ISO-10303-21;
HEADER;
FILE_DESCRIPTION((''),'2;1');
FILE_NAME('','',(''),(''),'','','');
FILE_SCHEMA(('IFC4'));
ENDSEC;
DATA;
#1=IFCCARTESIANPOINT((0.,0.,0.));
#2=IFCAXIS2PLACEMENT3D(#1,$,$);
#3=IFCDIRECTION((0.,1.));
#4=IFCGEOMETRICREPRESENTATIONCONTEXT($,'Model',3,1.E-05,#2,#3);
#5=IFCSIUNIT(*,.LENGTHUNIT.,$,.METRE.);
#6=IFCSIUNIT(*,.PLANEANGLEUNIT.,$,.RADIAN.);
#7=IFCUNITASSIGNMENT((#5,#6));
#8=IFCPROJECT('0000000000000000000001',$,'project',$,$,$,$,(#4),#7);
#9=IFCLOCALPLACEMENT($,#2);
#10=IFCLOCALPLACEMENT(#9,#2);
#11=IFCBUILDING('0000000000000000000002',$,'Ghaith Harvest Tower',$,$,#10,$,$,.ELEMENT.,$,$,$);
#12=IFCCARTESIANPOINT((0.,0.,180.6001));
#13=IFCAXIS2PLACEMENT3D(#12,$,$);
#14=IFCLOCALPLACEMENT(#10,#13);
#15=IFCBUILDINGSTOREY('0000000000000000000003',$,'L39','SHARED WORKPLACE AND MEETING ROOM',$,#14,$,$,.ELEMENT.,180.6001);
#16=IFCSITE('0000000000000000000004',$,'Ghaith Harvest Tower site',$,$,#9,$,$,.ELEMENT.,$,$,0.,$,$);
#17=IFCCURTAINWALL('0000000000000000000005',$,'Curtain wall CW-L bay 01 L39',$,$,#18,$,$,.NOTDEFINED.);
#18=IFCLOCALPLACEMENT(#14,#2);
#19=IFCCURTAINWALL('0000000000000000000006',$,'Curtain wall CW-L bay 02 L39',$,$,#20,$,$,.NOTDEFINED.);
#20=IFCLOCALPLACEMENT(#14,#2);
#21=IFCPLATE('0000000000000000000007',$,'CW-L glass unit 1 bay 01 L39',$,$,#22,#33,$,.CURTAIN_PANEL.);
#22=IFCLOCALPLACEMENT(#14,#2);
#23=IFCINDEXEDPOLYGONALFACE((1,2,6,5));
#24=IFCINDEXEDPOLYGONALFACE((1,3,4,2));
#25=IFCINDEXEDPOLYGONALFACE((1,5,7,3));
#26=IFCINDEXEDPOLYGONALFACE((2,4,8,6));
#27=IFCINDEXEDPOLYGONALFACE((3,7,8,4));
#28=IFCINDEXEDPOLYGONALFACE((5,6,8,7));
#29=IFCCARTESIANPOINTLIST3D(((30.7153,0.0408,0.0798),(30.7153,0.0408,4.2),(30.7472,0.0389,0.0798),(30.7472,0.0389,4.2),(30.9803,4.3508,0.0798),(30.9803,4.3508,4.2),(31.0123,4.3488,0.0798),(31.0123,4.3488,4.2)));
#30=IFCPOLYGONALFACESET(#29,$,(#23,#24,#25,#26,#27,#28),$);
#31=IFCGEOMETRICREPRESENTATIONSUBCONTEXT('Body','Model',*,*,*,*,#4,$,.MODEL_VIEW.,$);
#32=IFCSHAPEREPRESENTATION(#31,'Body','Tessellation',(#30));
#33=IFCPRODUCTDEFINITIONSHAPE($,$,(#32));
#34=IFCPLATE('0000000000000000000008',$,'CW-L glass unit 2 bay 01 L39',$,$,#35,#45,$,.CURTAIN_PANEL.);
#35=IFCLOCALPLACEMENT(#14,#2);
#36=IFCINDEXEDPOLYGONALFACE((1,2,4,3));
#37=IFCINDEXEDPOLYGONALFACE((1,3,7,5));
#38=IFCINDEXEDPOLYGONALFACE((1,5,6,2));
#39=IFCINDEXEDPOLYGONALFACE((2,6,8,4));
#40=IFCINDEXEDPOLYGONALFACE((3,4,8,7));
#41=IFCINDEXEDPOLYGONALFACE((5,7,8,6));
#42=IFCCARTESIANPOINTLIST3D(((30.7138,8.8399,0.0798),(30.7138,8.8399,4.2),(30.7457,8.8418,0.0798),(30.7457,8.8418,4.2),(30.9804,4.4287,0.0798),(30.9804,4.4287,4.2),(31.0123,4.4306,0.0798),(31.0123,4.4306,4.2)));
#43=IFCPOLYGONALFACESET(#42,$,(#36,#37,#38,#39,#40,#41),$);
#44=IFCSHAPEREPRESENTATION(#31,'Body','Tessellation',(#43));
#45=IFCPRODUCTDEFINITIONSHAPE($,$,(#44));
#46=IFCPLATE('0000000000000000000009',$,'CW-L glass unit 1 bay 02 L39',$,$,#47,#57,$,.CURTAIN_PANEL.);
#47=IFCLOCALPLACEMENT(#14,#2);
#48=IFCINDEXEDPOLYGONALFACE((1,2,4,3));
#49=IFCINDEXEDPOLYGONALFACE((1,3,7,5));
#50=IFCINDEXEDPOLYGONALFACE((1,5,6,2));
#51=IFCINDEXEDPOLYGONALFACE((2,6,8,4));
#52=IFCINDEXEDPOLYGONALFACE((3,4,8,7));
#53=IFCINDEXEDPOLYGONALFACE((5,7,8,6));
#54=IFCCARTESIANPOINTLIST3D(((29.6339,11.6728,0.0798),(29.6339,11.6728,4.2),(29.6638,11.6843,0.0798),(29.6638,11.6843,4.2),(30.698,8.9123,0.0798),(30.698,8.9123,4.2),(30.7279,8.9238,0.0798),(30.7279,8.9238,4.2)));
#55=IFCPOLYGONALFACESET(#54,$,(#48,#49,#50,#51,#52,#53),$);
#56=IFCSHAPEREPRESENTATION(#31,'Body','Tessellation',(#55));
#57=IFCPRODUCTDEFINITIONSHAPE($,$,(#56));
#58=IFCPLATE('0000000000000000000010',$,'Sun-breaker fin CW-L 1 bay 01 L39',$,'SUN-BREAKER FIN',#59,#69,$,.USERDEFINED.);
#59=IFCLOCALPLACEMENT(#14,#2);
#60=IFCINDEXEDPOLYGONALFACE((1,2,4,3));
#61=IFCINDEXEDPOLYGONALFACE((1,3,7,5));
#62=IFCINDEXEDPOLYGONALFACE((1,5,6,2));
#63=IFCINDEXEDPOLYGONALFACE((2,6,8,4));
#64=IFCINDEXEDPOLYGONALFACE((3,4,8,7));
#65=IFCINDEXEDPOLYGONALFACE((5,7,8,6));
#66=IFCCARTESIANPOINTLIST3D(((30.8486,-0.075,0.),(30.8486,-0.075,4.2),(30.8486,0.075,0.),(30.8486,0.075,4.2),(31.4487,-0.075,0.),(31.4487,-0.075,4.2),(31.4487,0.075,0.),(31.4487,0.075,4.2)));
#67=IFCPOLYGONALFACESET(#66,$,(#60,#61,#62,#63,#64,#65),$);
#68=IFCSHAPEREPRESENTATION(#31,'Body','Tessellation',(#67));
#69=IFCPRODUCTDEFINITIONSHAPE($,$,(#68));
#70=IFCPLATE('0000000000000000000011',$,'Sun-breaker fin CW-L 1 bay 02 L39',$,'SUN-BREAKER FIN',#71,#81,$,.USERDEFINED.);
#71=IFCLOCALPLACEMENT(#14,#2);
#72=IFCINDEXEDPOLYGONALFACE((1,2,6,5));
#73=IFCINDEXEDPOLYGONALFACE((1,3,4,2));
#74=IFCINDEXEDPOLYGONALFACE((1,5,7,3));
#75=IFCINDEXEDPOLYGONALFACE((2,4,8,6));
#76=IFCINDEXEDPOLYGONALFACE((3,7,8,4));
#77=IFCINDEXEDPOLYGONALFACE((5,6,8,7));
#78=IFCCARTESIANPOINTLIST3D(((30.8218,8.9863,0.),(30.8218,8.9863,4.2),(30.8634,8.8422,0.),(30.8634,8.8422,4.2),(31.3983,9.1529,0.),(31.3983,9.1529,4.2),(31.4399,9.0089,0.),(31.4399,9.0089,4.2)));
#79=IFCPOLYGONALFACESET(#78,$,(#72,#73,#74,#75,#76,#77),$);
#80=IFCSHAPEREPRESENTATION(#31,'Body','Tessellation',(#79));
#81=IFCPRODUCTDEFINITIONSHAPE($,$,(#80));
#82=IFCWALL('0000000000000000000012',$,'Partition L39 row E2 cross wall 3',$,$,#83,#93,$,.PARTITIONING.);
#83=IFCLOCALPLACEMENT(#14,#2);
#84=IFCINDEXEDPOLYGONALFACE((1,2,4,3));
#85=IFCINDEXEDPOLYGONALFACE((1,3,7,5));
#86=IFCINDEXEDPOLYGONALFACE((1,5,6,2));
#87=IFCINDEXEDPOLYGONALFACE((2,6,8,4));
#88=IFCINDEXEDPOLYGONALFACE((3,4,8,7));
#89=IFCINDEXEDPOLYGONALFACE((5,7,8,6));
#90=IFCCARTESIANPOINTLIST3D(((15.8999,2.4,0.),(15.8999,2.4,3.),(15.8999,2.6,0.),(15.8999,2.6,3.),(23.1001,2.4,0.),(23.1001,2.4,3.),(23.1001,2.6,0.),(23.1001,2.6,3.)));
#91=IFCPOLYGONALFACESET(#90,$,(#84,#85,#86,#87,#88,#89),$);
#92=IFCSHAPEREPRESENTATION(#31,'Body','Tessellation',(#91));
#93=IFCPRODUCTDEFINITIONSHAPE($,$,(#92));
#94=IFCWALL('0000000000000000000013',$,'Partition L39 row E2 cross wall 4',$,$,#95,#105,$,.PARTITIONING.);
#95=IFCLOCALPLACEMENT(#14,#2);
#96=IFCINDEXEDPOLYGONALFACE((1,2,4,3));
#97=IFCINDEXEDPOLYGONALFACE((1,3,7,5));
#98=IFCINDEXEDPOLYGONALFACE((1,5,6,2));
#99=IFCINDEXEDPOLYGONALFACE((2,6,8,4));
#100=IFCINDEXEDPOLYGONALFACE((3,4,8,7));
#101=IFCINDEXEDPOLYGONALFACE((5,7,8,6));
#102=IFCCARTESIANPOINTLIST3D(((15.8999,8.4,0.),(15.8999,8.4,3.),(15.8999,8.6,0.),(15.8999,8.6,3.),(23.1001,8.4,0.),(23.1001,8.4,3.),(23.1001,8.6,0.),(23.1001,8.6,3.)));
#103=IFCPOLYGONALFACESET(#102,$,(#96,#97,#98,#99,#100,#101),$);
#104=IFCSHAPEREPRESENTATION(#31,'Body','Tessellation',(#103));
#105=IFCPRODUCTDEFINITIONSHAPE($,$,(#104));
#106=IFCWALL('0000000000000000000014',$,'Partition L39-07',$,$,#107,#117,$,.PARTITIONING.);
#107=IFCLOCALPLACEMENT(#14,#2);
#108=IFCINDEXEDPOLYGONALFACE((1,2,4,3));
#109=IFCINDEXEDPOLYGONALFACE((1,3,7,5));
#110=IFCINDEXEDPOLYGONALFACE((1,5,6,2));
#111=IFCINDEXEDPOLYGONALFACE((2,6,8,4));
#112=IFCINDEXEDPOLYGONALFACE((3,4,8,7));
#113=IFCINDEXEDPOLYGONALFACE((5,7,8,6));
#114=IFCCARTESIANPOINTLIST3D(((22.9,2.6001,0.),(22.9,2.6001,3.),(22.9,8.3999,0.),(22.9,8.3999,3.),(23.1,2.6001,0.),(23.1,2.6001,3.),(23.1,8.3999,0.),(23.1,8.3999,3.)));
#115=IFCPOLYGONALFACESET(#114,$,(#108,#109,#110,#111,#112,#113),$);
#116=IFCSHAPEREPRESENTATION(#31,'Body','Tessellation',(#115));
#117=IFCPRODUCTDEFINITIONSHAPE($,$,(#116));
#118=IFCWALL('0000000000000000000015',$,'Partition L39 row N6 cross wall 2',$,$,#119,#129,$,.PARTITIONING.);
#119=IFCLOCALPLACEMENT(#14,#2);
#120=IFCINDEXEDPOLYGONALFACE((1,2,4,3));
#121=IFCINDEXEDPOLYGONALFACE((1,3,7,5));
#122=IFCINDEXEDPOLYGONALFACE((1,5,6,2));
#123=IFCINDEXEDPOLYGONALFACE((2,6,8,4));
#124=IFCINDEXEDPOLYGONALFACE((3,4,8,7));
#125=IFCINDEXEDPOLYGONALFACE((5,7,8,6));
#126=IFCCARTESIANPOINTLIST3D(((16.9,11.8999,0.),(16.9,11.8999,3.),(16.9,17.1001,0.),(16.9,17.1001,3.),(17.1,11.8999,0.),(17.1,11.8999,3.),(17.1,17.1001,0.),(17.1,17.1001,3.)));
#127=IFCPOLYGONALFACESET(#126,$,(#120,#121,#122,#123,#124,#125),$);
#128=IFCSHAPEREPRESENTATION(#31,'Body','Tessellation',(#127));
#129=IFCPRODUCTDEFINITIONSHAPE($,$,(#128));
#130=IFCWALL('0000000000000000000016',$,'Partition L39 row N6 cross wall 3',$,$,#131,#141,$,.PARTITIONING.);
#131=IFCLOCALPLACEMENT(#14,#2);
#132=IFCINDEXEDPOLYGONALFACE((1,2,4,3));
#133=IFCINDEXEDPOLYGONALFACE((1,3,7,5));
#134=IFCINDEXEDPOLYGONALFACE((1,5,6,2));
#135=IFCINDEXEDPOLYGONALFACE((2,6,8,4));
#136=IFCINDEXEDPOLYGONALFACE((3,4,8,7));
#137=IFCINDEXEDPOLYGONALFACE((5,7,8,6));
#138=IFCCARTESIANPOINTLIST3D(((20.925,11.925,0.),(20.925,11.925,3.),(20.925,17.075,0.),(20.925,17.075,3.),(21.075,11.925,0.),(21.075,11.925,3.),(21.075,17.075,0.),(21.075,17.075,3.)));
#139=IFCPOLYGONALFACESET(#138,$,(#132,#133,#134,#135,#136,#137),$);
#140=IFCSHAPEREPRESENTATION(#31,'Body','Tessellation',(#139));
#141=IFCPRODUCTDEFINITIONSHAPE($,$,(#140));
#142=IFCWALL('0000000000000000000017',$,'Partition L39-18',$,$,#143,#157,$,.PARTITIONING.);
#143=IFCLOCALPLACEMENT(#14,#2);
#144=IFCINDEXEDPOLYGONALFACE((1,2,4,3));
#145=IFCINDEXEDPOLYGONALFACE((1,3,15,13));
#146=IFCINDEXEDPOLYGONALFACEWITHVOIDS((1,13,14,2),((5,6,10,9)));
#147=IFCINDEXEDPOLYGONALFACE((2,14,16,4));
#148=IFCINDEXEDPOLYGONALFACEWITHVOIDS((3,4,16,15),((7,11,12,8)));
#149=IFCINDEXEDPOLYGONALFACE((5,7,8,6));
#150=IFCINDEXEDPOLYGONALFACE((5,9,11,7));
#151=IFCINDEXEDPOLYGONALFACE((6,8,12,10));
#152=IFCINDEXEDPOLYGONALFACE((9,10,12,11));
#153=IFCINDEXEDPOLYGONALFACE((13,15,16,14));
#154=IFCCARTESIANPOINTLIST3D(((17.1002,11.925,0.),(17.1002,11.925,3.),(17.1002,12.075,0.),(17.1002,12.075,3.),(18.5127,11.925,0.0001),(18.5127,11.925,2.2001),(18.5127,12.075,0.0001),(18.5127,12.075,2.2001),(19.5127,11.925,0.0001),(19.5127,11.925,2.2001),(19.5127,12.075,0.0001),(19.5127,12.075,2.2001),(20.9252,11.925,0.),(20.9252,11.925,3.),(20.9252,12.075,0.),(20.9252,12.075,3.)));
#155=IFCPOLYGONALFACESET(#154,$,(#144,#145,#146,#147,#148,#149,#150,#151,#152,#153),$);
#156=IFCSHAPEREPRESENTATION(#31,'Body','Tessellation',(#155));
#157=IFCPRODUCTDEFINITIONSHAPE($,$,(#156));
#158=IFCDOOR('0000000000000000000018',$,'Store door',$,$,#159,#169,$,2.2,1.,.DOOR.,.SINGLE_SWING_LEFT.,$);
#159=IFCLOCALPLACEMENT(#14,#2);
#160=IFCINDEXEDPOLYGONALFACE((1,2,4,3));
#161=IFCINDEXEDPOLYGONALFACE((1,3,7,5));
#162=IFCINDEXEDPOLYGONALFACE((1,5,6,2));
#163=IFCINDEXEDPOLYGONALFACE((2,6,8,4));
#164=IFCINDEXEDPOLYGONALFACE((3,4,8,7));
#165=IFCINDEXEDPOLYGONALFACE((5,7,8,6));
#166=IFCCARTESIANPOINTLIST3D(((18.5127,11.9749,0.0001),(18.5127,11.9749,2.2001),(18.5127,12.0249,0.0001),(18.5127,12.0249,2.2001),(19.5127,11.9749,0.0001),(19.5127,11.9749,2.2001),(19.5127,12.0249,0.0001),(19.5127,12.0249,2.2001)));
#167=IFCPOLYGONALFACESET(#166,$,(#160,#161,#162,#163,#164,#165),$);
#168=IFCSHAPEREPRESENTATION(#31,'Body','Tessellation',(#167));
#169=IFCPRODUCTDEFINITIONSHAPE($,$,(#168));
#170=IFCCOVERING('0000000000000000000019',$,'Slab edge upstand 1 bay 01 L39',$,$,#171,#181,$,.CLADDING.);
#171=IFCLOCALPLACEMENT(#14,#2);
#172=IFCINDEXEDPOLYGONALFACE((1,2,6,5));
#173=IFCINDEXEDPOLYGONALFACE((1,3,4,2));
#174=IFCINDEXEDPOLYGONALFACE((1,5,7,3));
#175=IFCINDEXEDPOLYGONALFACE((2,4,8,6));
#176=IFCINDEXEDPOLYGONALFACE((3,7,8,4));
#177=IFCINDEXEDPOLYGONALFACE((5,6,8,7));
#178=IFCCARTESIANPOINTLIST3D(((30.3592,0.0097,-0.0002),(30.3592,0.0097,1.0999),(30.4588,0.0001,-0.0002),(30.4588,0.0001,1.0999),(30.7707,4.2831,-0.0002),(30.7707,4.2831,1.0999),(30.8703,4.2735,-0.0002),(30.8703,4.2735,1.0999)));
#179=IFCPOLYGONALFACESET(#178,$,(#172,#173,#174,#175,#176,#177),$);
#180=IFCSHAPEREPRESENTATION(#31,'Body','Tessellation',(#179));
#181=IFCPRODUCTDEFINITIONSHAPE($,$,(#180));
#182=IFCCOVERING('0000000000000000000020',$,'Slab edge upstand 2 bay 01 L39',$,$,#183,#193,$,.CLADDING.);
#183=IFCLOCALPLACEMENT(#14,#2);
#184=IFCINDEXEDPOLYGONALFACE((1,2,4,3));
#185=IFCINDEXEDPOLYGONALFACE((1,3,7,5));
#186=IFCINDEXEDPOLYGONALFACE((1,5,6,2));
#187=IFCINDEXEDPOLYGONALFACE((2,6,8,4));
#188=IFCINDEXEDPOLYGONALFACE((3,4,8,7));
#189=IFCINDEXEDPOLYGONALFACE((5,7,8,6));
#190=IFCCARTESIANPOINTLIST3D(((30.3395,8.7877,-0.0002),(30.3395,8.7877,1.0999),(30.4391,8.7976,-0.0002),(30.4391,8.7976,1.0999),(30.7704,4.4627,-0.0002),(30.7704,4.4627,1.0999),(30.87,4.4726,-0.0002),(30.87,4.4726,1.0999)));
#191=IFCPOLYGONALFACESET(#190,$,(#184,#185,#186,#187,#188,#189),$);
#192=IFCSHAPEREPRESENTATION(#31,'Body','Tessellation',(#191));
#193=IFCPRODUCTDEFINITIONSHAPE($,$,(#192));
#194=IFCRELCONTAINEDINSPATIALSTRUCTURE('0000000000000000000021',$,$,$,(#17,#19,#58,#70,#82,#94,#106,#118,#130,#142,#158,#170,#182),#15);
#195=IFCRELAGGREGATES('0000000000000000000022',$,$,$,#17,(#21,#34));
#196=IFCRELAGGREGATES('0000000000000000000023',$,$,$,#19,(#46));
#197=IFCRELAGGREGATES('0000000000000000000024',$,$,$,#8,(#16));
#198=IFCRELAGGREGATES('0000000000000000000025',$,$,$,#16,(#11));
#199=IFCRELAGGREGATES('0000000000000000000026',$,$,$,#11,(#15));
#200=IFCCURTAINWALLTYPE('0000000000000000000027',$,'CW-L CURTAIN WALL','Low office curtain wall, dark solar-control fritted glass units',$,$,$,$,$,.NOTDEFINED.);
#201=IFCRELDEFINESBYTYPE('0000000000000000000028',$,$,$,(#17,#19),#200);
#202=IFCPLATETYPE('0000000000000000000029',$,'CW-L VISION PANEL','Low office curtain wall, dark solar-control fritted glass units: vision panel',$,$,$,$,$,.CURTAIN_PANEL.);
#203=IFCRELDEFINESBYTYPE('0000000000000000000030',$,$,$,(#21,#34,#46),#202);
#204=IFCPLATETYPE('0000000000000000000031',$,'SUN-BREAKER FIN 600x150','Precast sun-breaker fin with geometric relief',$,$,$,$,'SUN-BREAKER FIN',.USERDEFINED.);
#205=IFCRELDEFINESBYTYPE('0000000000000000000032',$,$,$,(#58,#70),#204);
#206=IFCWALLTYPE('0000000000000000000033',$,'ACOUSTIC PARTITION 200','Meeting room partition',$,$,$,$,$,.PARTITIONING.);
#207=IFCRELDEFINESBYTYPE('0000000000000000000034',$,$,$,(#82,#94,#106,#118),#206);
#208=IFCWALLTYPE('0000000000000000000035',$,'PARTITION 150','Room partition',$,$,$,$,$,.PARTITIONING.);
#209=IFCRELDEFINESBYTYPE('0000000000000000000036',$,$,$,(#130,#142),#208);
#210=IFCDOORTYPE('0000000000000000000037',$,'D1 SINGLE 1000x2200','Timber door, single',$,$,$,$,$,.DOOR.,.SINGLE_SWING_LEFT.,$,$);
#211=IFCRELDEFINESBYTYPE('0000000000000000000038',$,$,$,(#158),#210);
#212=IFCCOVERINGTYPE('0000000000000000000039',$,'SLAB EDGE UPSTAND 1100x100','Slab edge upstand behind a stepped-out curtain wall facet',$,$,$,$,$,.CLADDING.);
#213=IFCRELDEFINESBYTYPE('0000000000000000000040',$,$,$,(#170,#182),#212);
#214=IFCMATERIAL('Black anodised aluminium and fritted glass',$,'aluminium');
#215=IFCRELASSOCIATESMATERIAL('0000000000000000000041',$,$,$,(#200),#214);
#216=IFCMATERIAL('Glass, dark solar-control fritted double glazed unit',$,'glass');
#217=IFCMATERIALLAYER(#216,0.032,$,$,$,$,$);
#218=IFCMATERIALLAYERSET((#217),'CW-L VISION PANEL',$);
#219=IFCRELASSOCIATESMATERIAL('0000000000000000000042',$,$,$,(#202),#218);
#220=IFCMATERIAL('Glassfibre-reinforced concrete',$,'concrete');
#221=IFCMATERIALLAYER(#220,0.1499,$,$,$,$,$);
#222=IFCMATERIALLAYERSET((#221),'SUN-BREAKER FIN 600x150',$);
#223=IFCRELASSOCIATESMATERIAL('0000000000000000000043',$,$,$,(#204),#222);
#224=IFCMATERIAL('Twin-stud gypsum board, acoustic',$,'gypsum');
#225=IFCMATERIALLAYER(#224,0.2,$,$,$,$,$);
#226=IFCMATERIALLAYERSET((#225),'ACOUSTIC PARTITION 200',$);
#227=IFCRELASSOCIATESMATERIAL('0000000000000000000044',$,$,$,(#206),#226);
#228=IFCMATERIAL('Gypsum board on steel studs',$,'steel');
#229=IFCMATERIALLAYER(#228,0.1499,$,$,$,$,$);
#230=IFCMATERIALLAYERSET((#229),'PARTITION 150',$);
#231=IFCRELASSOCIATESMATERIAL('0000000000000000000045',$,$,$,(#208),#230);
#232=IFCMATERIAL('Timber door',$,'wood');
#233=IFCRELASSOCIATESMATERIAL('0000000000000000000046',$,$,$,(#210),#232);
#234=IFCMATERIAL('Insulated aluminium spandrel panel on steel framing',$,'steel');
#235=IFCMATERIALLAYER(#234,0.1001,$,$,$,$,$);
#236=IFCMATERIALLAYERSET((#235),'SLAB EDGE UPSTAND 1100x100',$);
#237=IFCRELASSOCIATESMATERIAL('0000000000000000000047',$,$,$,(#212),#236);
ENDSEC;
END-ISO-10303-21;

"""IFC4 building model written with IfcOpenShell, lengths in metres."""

from ifc_helpers import new_model, si_unit, direction, frame, frame_2d, origin, origin_2d, place, context, subcontext, project, spatial, rectangle, extrude, material, layer, layer_set, type_object, element, fill, aggregate, save


model = new_model("IFC4")

# Units and contexts
model_context = context("Model", 3, precision=1e-05, world=origin(), true_north=direction((0.0, 1.0)))
body_context = subcontext(model_context, "Body", "Model", "MODEL_VIEW")
ifc_project = project(units=[si_unit("LENGTHUNIT", "METRE"), si_unit("PLANEANGLEUNIT", "RADIAN")], contexts=[model_context])

# Site, building, storey
site_placement = place(None, origin())
site = spatial("IfcSite", under=ifc_project, at=site_placement, Name="Ghaith Harvest Tower site", CompositionType="ELEMENT", RefElevation=0.0)
building_placement = place(site_placement, origin())
building = spatial("IfcBuilding", under=site, at=building_placement, Name="Ghaith Harvest Tower", CompositionType="ELEMENT")
storey_placement = place(building_placement, frame((0.0, 0.0, 180.6001)))
storey = spatial("IfcBuildingStorey", under=building, at=storey_placement, Name="L39", Description="SHARED WORKPLACE AND MEETING ROOM", CompositionType="ELEMENT", Elevation=180.6001)

# Curtain walls
ifc_material_1 = material(Name="Black anodised aluminium and fritted glass", Category="aluminium")
curtain_wall_type = type_object("IfcCurtainWallType", Name="CW-L CURTAIN WALL", Description="Low office curtain wall, dark solar-control fritted glass units", PredefinedType="NOTDEFINED", material=ifc_material_1)
curtain_wall_1_placement = place(storey_placement, origin())
curtain_wall_1 = element("IfcCurtainWall", 1, at=curtain_wall_1_placement, inside=storey, type_object=curtain_wall_type, Name="Curtain wall CW-L bay 01 L39", PredefinedType="NOTDEFINED")
curtain_wall_2_placement = place(storey_placement, origin())
curtain_wall_2 = element("IfcCurtainWall", 2, at=curtain_wall_2_placement, inside=storey, type_object=curtain_wall_type, Name="Curtain wall CW-L bay 02 L39", PredefinedType="NOTDEFINED")

# Plates
ifc_material_2 = material(Name="Glass, dark solar-control fritted double glazed unit", Category="glass")
ifc_layer_1 = layer(ifc_material_2, 0.032)
ifc_layer_set_1 = layer_set([ifc_layer_1], Name="CW-L VISION PANEL")
plate_type_1 = type_object("IfcPlateType", Name="CW-L VISION PANEL", Description="Low office curtain wall, dark solar-control fritted glass units: vision panel", PredefinedType="CURTAIN_PANEL", material=ifc_layer_set_1)
plate_1_placement = place(storey_placement, frame((30.8638, 2.1948, 0.0798), z_axis=(0.0, 0.0, 1.0), x_axis=(0.06138, 0.998114, 0.0)))
plate_1 = element("IfcPlate", 3, at=plate_1_placement, type_object=plate_type_1, Name="CW-L glass unit 1 bay 01 L39", PredefinedType="CURTAIN_PANEL", context=body_context, shape_type="SweptSolid", body=[
    extrude(rectangle(XDim=4.3181, YDim=0.032, at=origin_2d()), origin(), (0.0, 0.0, 1.0), 4.1201),
])
plate_2_placement = place(storey_placement, frame((30.863, 6.6353, 0.0798), z_axis=(0.0, 0.0, 1.0), x_axis=(-0.060321, 0.998179, 0.0)))
plate_2 = element("IfcPlate", 4, at=plate_2_placement, type_object=plate_type_1, Name="CW-L glass unit 2 bay 01 L39", PredefinedType="CURTAIN_PANEL", context=body_context, shape_type="SweptSolid", body=[
    extrude(rectangle(XDim=4.4192, YDim=0.032, at=origin_2d()), origin(), (0.0, 0.0, 1.0), 4.1201),
])
aggregate(curtain_wall_1, [plate_1, plate_2])
plate_3_placement = place(storey_placement, frame((30.1809, 10.2983, 0.0798), z_axis=(0.0, 0.0, 1.0), x_axis=(-0.359677, 0.933077, 0.0)))
plate_3 = element("IfcPlate", 5, at=plate_3_placement, type_object=plate_type_1, Name="CW-L glass unit 1 bay 02 L39", PredefinedType="CURTAIN_PANEL", context=body_context, shape_type="SweptSolid", body=[
    extrude(rectangle(XDim=2.9585, YDim=0.032, at=origin_2d()), origin(), (0.0, 0.0, 1.0), 4.1201),
])
aggregate(curtain_wall_2, [plate_3])

# Plates
ifc_material_3 = material(Name="Glassfibre-reinforced concrete", Category="concrete")
ifc_layer_2 = layer(ifc_material_3, 0.1499)
ifc_layer_set_2 = layer_set([ifc_layer_2], Name="SUN-BREAKER FIN 600x150")
plate_type_2 = type_object("IfcPlateType", Name="SUN-BREAKER FIN 600x150", Description="Precast sun-breaker fin with geometric relief", ElementType="SUN-BREAKER FIN", PredefinedType="USERDEFINED", material=ifc_layer_set_2)
for number, where, z_axis, x_axis, name in (
    (6, (31.1487, 0.0, 0.0), (0.0, 0.0, 1.0), (1.0, 0.0, 0.0), "Sun-breaker fin CW-L 1 bay 01 L39"),
    (7, (31.1309, 8.9976, 0.0), (0.0, 0.0, 1.0), (0.96068, 0.277657, 0.0), "Sun-breaker fin CW-L 1 bay 02 L39"),
):
    element("IfcPlate", number, at=place(storey_placement, frame(where, z_axis=z_axis, x_axis=x_axis)), inside=storey, type_object=plate_type_2, Name=name, ObjectType="SUN-BREAKER FIN", PredefinedType="USERDEFINED", context=body_context, shape_type="SweptSolid", body=[
        extrude(rectangle(XDim=0.6001, YDim=0.1499, at=origin_2d()), origin(), (0.0, 0.0, 1.0), 4.2),
    ])

# Walls
ifc_material_4 = material(Name="Twin-stud gypsum board, acoustic", Category="gypsum")
ifc_layer_3 = layer(ifc_material_4, 0.2)
ifc_layer_set_3 = layer_set([ifc_layer_3], Name="ACOUSTIC PARTITION 200")
wall_type_1 = type_object("IfcWallType", Name="ACOUSTIC PARTITION 200", Description="Meeting room partition", PredefinedType="PARTITIONING", material=ifc_layer_set_3)
for number, where, z_axis, x_axis, name in (
    (8, (15.8999, 2.5, 0.0), (0.0, 0.0, 1.0), (1.0, 0.0, 0.0), "Partition L39 row E2 cross wall 3"),
    (9, (15.8999, 8.5, 0.0), (0.0, 0.0, 1.0), (1.0, 0.0, 0.0), "Partition L39 row E2 cross wall 4"),
):
    element("IfcWall", number, at=place(storey_placement, frame(where, z_axis=z_axis, x_axis=x_axis)), inside=storey, type_object=wall_type_1, Name=name, PredefinedType="PARTITIONING", context=body_context, shape_type="SweptSolid", body=[
        extrude(rectangle(XDim=7.2002, YDim=0.2, at=frame_2d((3.6001, 0.0))), origin(), (0.0, 0.0, 1.0), 3.0),
    ])

# Walls
wall_1_placement = place(storey_placement, frame((23.0, 2.6001, 0.0), z_axis=(0.0, 0.0, 1.0), x_axis=(0.0, 1.0, 0.0)))
element("IfcWall", 10, at=wall_1_placement, inside=storey, type_object=wall_type_1, Name="Partition L39-07", PredefinedType="PARTITIONING", context=body_context, shape_type="SweptSolid", body=[
    extrude(rectangle(XDim=5.7998, YDim=0.2, at=frame_2d((2.8999, 0.0))), origin(), (0.0, 0.0, 1.0), 3.0),
])
wall_2_placement = place(storey_placement, frame((17.0, 11.8999, 0.0), z_axis=(0.0, 0.0, 1.0), x_axis=(0.0, 1.0, 0.0)))
element("IfcWall", 11, at=wall_2_placement, inside=storey, type_object=wall_type_1, Name="Partition L39 row N6 cross wall 2", PredefinedType="PARTITIONING", context=body_context, shape_type="SweptSolid", body=[
    extrude(rectangle(XDim=5.2002, YDim=0.2, at=frame_2d((2.6001, 0.0))), origin(), (0.0, 0.0, 1.0), 3.0),
])

# Wall
ifc_material_5 = material(Name="Gypsum board on steel studs", Category="steel")
ifc_layer_4 = layer(ifc_material_5, 0.1499)
ifc_layer_set_4 = layer_set([ifc_layer_4], Name="PARTITION 150")
wall_type_2 = type_object("IfcWallType", Name="PARTITION 150", Description="Room partition", PredefinedType="PARTITIONING", material=ifc_layer_set_4)
wall_3_placement = place(storey_placement, frame((21.0, 11.925, 0.0), z_axis=(0.0, 0.0, 1.0), x_axis=(0.0, 1.0, 0.0)))
element("IfcWall", 12, at=wall_3_placement, inside=storey, type_object=wall_type_2, Name="Partition L39 row N6 cross wall 3", PredefinedType="PARTITIONING", context=body_context, shape_type="SweptSolid", body=[
    extrude(rectangle(XDim=5.1499, YDim=0.1499, at=frame_2d((2.575, 0.0))), origin(), (0.0, 0.0, 1.0), 3.0),
])

# Wall, opening, door
wall_4_placement = place(storey_placement, frame((17.1001, 12.0, 0.0), z_axis=(0.0, 0.0, 1.0), x_axis=(1.0, 0.0, 0.0)))
wall_4 = element("IfcWall", 13, at=wall_4_placement, inside=storey, type_object=wall_type_2, Name="Partition L39-18", PredefinedType="PARTITIONING", context=body_context, shape_type="SweptSolid", body=[
    extrude(rectangle(XDim=3.825, YDim=0.1499, at=frame_2d((1.9126, 0.0))), origin(), (0.0, 0.0, 1.0), 3.0),
])
opening_1_placement = place(wall_4_placement, frame((1.4126, 0.0, 0.0)))
opening_1 = element("IfcOpeningElement", 14, at=opening_1_placement, cuts=wall_4, PredefinedType="OPENING", context=body_context, shape_type="SweptSolid", body=[
    extrude(rectangle(XDim=1.0, YDim=2.2, at=frame_2d((0.5, 1.1001))), frame((0.0, 0.085, 0.0), z_axis=(0.0, -1.0, 0.0), x_axis=(1.0, 0.0, 0.0)), (0.0, 0.0, 1.0), 0.1699),
])
ifc_material_6 = material(Name="Timber door", Category="wood")
door_type_1 = type_object("IfcDoorType", Name="D1 SINGLE 1000x2200", Description="Timber door, single", OperationType="SINGLE_SWING_LEFT", PredefinedType="DOOR", material=ifc_material_6)
door_1_placement = place(opening_1_placement, origin())
door_1 = element("IfcDoor", 15, at=door_1_placement, inside=storey, type_object=door_type_1, Name="Store door", OperationType="SINGLE_SWING_LEFT", OverallHeight=2.2, OverallWidth=1.0, PredefinedType="DOOR", context=body_context, shape_type="SweptSolid", body=[
    extrude(rectangle(XDim=1.0, YDim=2.2, at=frame_2d((0.5, 1.1001))), frame((0.0, 0.0249, 0.0), z_axis=(0.0, -1.0, 0.0), x_axis=(1.0, 0.0, 0.0)), (0.0, 0.0, 1.0), 0.05),
])
fill(opening_1, door_1)

# Coverings
ifc_material_7 = material(Name="Insulated aluminium spandrel panel on steel framing", Category="steel")
ifc_layer_5 = layer(ifc_material_7, 0.1001)
ifc_layer_set_5 = layer_set([ifc_layer_5], Name="SLAB EDGE UPSTAND 1100x100")
covering_type = type_object("IfcCoveringType", Name="SLAB EDGE UPSTAND 1100x100", Description="Slab edge upstand behind a stepped-out curtain wall facet", PredefinedType="CLADDING", material=ifc_layer_set_5)
covering_1_placement = place(storey_placement, frame((30.6147, 2.1416, -0.0002), z_axis=(0.0, 0.0, 1.0), x_axis=(0.095861, 0.995395, 0.0)))
element("IfcCovering", 16, at=covering_1_placement, inside=storey, type_object=covering_type, Name="Slab edge upstand 1 bay 01 L39", PredefinedType="CLADDING", context=body_context, shape_type="SweptSolid", body=[
    extrude(rectangle(XDim=4.2932, YDim=0.1001, at=origin_2d()), origin(), (0.0, 0.0, 1.0), 1.1001),
])
covering_2_placement = place(storey_placement, frame((30.6047, 6.6301, -0.0002), z_axis=(0.0, 0.0, 1.0), x_axis=(-0.099132, 0.995074, 0.0)))
element("IfcCovering", 17, at=covering_2_placement, inside=storey, type_object=covering_type, Name="Slab edge upstand 2 bay 01 L39", PredefinedType="CLADDING", context=body_context, shape_type="SweptSolid", body=[
    extrude(rectangle(XDim=4.3464, YDim=0.1001, at=origin_2d()), origin(), (0.0, 0.0, 1.0), 1.1001),
])

save(model, "model.ifc")
